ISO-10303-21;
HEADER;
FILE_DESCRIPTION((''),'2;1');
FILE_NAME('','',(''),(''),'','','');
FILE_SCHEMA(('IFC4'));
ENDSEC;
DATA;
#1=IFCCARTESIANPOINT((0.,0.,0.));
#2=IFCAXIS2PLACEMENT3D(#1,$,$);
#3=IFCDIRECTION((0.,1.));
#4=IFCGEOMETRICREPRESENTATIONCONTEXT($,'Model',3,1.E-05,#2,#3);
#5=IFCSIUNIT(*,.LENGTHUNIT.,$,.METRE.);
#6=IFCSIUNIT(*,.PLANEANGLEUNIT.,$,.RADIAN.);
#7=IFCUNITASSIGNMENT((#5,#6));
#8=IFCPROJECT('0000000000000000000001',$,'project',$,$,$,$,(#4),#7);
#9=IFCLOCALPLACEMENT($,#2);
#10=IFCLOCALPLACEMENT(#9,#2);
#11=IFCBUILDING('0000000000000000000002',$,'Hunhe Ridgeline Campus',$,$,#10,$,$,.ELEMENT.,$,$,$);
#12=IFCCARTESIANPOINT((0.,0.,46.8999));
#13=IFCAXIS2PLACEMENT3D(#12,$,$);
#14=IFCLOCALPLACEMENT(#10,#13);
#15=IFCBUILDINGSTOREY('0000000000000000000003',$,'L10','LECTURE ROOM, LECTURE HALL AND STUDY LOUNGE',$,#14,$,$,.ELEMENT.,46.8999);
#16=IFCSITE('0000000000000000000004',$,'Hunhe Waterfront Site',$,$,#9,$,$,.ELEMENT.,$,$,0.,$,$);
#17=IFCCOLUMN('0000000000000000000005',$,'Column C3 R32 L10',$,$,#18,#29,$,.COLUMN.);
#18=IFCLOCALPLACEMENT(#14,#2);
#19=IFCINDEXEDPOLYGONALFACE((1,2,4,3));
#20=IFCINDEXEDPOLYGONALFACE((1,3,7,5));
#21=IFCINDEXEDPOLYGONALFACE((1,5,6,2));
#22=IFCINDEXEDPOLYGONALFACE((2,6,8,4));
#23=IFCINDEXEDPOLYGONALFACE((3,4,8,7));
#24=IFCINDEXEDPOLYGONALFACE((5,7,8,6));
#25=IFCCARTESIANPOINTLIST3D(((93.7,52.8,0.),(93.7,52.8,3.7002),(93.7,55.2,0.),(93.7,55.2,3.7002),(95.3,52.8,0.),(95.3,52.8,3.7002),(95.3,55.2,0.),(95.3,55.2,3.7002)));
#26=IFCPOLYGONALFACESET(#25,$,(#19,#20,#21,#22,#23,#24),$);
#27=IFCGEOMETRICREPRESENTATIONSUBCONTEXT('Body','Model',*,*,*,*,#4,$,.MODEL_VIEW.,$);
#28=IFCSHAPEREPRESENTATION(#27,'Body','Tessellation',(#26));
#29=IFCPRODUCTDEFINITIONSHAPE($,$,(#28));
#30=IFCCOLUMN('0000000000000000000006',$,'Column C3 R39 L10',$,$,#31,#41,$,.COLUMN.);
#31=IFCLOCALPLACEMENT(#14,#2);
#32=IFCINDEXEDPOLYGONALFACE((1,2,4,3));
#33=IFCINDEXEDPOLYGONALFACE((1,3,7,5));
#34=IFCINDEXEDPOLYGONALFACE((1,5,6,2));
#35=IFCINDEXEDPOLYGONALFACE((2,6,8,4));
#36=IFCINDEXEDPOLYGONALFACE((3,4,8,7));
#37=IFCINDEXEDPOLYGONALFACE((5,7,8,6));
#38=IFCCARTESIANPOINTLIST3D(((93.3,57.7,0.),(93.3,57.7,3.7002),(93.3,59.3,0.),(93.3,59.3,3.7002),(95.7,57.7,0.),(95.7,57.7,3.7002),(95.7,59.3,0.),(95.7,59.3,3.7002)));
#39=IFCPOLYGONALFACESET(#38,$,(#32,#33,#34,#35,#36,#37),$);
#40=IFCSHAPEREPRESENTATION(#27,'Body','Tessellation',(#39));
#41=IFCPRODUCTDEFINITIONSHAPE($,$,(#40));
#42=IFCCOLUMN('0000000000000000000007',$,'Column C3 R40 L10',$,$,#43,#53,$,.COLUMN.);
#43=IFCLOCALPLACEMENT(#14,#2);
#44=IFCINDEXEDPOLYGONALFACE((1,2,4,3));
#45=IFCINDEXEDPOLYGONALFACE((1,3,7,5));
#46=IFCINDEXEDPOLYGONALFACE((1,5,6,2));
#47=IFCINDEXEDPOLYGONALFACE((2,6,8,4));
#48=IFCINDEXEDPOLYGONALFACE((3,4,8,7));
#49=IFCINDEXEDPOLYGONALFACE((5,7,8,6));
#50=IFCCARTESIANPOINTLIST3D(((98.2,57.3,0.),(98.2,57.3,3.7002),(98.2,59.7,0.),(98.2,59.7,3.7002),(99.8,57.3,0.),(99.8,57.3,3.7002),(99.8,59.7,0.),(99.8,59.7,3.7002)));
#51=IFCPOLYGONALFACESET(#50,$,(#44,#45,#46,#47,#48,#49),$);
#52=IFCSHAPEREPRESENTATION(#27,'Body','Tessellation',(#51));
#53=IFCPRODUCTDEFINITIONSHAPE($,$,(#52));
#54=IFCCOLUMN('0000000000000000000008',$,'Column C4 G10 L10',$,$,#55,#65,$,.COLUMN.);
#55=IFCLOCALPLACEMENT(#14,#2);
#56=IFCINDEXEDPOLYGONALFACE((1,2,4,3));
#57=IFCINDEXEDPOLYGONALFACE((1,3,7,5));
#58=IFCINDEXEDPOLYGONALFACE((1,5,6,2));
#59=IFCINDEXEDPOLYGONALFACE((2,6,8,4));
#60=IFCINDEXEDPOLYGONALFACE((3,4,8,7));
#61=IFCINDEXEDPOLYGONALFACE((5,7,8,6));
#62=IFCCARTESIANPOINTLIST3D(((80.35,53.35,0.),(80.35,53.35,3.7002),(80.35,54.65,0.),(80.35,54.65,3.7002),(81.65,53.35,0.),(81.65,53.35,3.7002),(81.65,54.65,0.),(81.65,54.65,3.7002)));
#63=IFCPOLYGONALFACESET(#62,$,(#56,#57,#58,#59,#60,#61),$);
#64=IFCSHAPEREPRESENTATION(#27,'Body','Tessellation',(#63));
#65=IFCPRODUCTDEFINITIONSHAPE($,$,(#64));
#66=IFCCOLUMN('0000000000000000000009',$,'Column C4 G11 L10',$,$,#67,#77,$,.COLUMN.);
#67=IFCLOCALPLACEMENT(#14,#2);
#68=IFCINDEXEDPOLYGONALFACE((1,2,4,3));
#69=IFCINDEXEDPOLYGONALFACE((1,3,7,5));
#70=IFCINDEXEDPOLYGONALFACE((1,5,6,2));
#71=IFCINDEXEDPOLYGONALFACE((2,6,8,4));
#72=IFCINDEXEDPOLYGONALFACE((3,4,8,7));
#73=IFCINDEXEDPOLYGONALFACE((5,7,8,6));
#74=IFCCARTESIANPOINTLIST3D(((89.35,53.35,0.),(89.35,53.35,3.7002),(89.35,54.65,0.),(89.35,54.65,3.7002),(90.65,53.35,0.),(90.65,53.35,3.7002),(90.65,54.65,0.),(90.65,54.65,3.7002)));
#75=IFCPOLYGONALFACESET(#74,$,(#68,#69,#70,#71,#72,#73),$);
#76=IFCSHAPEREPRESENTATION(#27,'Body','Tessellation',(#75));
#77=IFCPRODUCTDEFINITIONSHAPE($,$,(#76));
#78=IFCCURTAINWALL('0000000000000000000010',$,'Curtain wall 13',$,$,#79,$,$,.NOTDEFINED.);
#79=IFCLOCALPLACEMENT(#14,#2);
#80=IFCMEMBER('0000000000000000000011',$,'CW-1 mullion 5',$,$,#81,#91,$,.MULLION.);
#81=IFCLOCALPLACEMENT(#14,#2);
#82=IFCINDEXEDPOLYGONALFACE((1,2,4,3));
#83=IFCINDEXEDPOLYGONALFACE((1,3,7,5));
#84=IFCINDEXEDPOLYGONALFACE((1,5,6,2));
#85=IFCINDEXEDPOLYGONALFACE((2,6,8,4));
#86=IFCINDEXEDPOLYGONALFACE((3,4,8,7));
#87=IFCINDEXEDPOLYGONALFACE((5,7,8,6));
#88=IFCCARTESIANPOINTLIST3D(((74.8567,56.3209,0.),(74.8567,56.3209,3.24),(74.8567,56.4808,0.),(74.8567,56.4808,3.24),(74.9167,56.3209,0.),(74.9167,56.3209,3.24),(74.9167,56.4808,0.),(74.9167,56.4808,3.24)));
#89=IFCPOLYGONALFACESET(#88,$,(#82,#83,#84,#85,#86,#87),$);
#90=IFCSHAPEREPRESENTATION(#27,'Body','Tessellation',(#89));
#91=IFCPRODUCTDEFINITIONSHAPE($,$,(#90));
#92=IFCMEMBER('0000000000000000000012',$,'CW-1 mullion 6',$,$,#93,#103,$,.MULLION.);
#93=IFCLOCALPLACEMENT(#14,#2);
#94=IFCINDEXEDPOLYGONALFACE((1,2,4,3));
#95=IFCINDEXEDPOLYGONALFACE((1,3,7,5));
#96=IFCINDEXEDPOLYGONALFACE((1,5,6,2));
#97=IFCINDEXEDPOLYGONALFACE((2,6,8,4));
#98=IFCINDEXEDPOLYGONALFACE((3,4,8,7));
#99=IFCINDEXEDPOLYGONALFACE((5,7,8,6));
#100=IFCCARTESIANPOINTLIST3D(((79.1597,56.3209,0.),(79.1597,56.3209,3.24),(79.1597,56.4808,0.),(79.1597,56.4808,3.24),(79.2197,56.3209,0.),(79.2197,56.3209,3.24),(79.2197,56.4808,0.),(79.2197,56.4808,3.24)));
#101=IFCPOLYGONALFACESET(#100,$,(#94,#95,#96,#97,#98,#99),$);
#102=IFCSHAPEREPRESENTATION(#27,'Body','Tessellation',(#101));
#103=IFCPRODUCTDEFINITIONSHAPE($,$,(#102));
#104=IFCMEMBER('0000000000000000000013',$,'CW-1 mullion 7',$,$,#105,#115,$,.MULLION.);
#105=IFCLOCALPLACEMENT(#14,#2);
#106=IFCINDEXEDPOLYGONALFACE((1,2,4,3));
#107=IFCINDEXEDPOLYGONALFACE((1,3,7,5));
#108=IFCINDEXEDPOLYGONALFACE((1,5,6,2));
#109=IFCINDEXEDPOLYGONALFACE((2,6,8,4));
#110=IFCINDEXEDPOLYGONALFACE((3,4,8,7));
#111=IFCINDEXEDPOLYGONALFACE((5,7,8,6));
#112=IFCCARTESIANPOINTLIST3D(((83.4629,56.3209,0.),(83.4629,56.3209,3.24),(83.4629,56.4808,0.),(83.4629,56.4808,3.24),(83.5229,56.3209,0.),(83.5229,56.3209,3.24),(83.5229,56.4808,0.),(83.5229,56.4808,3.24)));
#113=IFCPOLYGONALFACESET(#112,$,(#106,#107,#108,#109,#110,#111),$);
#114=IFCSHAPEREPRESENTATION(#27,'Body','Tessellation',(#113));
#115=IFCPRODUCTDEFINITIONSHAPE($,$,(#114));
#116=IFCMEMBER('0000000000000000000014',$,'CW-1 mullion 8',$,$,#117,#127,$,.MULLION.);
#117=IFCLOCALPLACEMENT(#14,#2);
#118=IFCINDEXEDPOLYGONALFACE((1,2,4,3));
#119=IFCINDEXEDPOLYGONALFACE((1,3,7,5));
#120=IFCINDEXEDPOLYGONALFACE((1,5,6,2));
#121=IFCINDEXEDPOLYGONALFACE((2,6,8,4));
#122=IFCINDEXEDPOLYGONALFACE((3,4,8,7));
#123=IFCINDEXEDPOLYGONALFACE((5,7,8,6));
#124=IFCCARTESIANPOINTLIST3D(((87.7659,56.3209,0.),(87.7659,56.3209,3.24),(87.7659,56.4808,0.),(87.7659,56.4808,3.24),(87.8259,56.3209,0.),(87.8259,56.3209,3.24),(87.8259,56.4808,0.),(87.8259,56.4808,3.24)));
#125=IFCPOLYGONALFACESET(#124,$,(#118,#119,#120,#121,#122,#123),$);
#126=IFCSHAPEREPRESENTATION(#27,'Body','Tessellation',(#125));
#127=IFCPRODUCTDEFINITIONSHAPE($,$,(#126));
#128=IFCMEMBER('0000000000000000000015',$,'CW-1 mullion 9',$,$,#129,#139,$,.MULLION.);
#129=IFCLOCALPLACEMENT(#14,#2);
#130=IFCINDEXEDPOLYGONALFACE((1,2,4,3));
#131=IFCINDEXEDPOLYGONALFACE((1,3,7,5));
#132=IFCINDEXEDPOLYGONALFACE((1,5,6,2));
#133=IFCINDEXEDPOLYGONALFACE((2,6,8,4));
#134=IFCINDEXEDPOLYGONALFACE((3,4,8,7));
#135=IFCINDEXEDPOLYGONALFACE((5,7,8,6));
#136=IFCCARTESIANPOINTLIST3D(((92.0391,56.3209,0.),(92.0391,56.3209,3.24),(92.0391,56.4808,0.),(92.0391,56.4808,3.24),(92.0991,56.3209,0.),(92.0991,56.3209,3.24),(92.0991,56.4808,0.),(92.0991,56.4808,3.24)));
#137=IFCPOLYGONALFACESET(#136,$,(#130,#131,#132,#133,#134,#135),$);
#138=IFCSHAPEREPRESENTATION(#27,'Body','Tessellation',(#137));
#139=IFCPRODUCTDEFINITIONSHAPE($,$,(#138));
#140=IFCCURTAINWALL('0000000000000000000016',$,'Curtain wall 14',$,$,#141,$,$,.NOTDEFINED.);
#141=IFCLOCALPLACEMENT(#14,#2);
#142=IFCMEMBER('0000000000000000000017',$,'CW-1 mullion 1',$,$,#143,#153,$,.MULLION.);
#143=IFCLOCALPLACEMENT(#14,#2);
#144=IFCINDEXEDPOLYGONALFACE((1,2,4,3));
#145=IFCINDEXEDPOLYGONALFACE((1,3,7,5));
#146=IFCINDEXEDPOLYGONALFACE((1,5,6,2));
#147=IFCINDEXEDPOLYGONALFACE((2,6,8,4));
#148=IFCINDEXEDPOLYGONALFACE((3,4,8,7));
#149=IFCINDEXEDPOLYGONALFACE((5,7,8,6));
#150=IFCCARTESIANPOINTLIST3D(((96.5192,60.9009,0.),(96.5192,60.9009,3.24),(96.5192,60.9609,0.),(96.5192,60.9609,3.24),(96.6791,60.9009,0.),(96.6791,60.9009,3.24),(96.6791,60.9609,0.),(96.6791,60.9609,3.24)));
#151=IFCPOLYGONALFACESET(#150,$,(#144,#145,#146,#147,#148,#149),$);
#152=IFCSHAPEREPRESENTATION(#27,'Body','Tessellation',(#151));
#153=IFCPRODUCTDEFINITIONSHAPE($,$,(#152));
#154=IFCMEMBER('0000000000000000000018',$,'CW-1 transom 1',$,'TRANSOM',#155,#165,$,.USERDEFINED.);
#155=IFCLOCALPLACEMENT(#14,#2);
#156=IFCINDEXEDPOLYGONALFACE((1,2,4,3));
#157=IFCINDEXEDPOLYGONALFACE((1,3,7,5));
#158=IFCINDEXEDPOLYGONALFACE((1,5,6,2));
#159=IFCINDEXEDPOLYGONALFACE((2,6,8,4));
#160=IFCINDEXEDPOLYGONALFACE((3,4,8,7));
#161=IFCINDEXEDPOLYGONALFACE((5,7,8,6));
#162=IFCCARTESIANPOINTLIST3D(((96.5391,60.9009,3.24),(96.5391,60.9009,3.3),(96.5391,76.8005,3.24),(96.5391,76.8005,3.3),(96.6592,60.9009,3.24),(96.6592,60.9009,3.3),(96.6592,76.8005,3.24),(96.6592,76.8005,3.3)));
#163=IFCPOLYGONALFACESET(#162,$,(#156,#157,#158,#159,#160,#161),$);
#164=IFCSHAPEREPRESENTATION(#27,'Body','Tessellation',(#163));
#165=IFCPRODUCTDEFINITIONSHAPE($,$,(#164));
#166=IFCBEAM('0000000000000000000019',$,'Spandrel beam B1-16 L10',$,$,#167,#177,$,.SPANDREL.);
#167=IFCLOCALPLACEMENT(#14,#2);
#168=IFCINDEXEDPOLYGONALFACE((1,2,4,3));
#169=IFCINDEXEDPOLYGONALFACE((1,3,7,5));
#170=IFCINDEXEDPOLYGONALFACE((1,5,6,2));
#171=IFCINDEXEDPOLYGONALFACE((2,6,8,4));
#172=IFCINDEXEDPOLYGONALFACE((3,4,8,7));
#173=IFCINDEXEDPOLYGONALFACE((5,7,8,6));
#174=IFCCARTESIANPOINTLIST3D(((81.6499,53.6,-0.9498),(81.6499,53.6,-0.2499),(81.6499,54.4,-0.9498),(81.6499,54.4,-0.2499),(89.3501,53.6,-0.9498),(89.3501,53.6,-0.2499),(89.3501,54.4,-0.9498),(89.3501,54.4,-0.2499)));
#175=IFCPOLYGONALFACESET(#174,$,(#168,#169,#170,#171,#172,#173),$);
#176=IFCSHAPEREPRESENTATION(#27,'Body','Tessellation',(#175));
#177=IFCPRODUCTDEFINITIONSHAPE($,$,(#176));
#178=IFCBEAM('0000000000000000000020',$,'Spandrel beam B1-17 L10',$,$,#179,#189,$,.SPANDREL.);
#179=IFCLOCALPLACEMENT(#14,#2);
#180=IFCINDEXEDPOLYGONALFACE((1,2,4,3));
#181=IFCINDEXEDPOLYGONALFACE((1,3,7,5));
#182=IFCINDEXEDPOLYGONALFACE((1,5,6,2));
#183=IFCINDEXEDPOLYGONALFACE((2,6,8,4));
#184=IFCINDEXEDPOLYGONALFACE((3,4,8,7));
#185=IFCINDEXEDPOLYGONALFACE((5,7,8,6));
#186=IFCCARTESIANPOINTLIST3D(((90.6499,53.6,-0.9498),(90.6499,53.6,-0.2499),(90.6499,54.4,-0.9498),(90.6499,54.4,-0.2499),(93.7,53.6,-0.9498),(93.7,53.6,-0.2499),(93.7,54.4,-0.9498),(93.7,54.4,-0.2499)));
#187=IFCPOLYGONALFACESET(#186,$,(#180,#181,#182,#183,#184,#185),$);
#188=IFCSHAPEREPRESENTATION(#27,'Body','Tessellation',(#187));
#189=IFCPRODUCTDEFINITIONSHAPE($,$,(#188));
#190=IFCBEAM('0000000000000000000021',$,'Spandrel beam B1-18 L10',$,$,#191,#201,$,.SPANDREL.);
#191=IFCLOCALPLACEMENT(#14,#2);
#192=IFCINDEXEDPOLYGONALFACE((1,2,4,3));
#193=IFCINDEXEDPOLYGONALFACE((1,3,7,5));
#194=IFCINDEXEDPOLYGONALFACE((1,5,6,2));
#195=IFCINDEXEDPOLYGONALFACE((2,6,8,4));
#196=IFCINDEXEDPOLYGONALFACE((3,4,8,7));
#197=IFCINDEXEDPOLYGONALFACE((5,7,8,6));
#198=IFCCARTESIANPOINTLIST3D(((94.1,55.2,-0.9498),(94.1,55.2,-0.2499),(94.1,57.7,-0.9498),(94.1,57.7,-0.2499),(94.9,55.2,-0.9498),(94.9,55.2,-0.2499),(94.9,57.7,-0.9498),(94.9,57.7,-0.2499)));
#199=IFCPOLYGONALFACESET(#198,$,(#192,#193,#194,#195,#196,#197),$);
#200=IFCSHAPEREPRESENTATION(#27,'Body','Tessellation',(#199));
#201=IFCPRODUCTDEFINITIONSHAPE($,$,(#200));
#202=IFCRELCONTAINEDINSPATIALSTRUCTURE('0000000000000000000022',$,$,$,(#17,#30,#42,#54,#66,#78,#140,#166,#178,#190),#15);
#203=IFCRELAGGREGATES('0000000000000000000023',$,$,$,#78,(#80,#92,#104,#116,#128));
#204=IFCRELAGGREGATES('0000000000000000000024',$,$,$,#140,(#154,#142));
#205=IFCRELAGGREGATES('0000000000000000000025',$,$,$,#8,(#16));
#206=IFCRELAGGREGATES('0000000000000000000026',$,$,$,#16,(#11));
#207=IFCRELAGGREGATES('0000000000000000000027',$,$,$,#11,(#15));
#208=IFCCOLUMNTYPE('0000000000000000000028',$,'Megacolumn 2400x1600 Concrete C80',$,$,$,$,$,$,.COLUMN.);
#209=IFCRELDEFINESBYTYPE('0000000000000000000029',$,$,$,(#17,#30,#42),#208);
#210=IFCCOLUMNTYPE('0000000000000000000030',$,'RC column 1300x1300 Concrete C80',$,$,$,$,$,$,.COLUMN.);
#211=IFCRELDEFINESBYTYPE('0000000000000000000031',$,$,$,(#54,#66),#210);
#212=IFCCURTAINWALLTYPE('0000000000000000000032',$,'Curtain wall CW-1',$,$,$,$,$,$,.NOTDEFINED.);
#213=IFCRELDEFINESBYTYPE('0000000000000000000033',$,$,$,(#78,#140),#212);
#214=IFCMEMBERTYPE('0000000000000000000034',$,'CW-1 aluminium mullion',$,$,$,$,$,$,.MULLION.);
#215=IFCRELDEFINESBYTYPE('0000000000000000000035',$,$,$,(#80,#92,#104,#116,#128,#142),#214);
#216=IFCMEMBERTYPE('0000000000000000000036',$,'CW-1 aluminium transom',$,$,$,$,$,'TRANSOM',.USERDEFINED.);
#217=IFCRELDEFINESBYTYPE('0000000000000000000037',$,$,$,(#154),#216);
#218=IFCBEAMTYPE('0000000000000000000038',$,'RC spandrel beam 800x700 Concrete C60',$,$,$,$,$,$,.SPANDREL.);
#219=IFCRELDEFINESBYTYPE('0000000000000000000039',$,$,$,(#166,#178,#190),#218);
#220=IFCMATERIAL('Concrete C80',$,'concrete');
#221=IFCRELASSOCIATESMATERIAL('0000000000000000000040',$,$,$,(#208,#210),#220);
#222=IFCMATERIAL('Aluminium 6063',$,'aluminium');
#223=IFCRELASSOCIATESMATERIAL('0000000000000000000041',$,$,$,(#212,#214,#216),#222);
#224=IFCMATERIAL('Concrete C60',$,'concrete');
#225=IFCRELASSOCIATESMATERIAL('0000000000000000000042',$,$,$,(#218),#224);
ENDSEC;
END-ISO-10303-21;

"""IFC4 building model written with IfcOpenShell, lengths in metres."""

from ifc_helpers import new_model, si_unit, direction, frame, origin, origin_2d, place, context, subcontext, project, spatial, rectangle, extrude, material, material_profile, profile_set, type_object, element, aggregate, save


model = new_model("IFC4")

# Units and contexts
model_context = context("Model", 3, precision=1e-05, world=origin(), true_north=direction((0.0, 1.0)))
body_context = subcontext(model_context, "Body", "Model", "MODEL_VIEW")
ifc_project = project(units=[si_unit("LENGTHUNIT", "METRE"), si_unit("PLANEANGLEUNIT", "RADIAN")], contexts=[model_context])

# Site, building, storey
site_placement = place(None, origin())
site = spatial("IfcSite", under=ifc_project, at=site_placement, Name="Hunhe Waterfront Site", CompositionType="ELEMENT", RefElevation=0.0)
building_placement = place(site_placement, origin())
building = spatial("IfcBuilding", under=site, at=building_placement, Name="Hunhe Ridgeline Campus", CompositionType="ELEMENT")
storey_placement = place(building_placement, frame((0.0, 0.0, 46.8999)))
storey = spatial("IfcBuildingStorey", under=building, at=storey_placement, Name="L10", Description="LECTURE ROOM, LECTURE HALL AND STUDY LOUNGE", CompositionType="ELEMENT", Elevation=46.8999)

# Columns
ifc_material_1 = material(Name="Concrete C80", Category="concrete")
ifc_material_profile_1 = material_profile(ifc_material_1, rectangle(XDim=2.3999, YDim=1.6001, at=origin_2d()))
ifc_profile_set_1 = profile_set([ifc_material_profile_1], Name="Concrete C80")
column_type_1 = type_object("IfcColumnType", Name="Megacolumn 2400x1600 Concrete C80", PredefinedType="COLUMN", material=ifc_profile_set_1)
for number, where, z_axis, x_axis, name in (
    (1, (94.5, 54.0, 0.0), (0.0, 0.0, 1.0), (0.0, 1.0, 0.0), "Column C3 R32 L10"),
    (2, (94.5, 58.5, 0.0), (0.0, 0.0, 1.0), (1.0, 0.0, 0.0), "Column C3 R39 L10"),
    (3, (99.0, 58.5, 0.0), (0.0, 0.0, 1.0), (0.0, 1.0, 0.0), "Column C3 R40 L10"),
):
    element("IfcColumn", number, at=place(storey_placement, frame(where, z_axis=z_axis, x_axis=x_axis)), inside=storey, type_object=column_type_1, Name=name, PredefinedType="COLUMN", context=body_context, shape_type="SweptSolid", body=[
        extrude(rectangle(XDim=2.3999, YDim=1.6001, at=origin_2d()), origin(), (0.0, 0.0, 1.0), 3.7002),
    ])
ifc_material_profile_2 = material_profile(ifc_material_1, rectangle(XDim=1.3, YDim=1.3, at=origin_2d()))
ifc_profile_set_2 = profile_set([ifc_material_profile_2], Name="Concrete C80")
column_type_2 = type_object("IfcColumnType", Name="RC column 1300x1300 Concrete C80", PredefinedType="COLUMN", material=ifc_profile_set_2)
for number, where, z_axis, x_axis, name in (
    (4, (81.0, 54.0, 0.0), (0.0, 0.0, 1.0), (1.0, 0.0, 0.0), "Column C4 G10 L10"),
    (5, (90.0, 54.0, 0.0), (0.0, 0.0, 1.0), (1.0, 0.0, 0.0), "Column C4 G11 L10"),
):
    element("IfcColumn", number, at=place(storey_placement, frame(where, z_axis=z_axis, x_axis=x_axis)), inside=storey, type_object=column_type_2, Name=name, PredefinedType="COLUMN", context=body_context, shape_type="SweptSolid", body=[
        extrude(rectangle(XDim=1.3, YDim=1.3, at=origin_2d()), origin(), (0.0, 0.0, 1.0), 3.7002),
    ])

# Curtain walls, members
ifc_material_2 = material(Name="Aluminium 6063", Category="aluminium")
curtain_wall_type = type_object("IfcCurtainWallType", Name="Curtain wall CW-1", PredefinedType="NOTDEFINED", material=ifc_material_2)
curtain_wall_1_placement = place(storey_placement, origin())
curtain_wall_1 = element("IfcCurtainWall", 6, at=curtain_wall_1_placement, inside=storey, type_object=curtain_wall_type, Name="Curtain wall 13", PredefinedType="NOTDEFINED")
ifc_material_profile_3 = material_profile(ifc_material_2, rectangle(XDim=0.1599, YDim=0.0601, at=origin_2d()))
ifc_profile_set_3 = profile_set([ifc_material_profile_3], Name="Aluminium 6063")
member_type_1 = type_object("IfcMemberType", Name="CW-1 aluminium mullion", PredefinedType="MULLION", material=ifc_profile_set_3)
member_1_placement = place(storey_placement, frame((74.8867, 56.4009, 0.0), z_axis=(0.0, 0.0, 1.0), x_axis=(-0.000004, 1.0, 0.0)))
member_1 = element("IfcMember", 7, at=member_1_placement, type_object=member_type_1, Name="CW-1 mullion 5", PredefinedType="MULLION", context=body_context, shape_type="SweptSolid", body=[
    extrude(rectangle(XDim=0.1599, YDim=0.0601, at=origin_2d()), origin(), (0.0, 0.0, 1.0), 3.24),
])
member_2_placement = place(storey_placement, frame((79.1897, 56.4009, 0.0), z_axis=(0.0, 0.0, 1.0), x_axis=(-0.000004, 1.0, 0.0)))
member_2 = element("IfcMember", 8, at=member_2_placement, type_object=member_type_1, Name="CW-1 mullion 6", PredefinedType="MULLION", context=body_context, shape_type="SweptSolid", body=[
    extrude(rectangle(XDim=0.1599, YDim=0.0601, at=origin_2d()), origin(), (0.0, 0.0, 1.0), 3.24),
])
member_3_placement = place(storey_placement, frame((83.4929, 56.4009, 0.0), z_axis=(0.0, 0.0, 1.0), x_axis=(-0.000004, 1.0, 0.0)))
member_3 = element("IfcMember", 9, at=member_3_placement, type_object=member_type_1, Name="CW-1 mullion 7", PredefinedType="MULLION", context=body_context, shape_type="SweptSolid", body=[
    extrude(rectangle(XDim=0.1599, YDim=0.0601, at=origin_2d()), origin(), (0.0, 0.0, 1.0), 3.24),
])
member_4_placement = place(storey_placement, frame((87.7959, 56.4009, 0.0), z_axis=(0.0, 0.0, 1.0), x_axis=(-0.000004, 1.0, 0.0)))
member_4 = element("IfcMember", 10, at=member_4_placement, type_object=member_type_1, Name="CW-1 mullion 8", PredefinedType="MULLION", context=body_context, shape_type="SweptSolid", body=[
    extrude(rectangle(XDim=0.1599, YDim=0.0601, at=origin_2d()), origin(), (0.0, 0.0, 1.0), 3.24),
])
member_5_placement = place(storey_placement, frame((92.0691, 56.4009, 0.0), z_axis=(0.0, 0.0, 1.0), x_axis=(-0.000004, 1.0, 0.0)))
member_5 = element("IfcMember", 11, at=member_5_placement, type_object=member_type_1, Name="CW-1 mullion 9", PredefinedType="MULLION", context=body_context, shape_type="SweptSolid", body=[
    extrude(rectangle(XDim=0.1599, YDim=0.0601, at=origin_2d()), origin(), (0.0, 0.0, 1.0), 3.24),
])
curtain_wall_2_placement = place(storey_placement, origin())
curtain_wall_2 = element("IfcCurtainWall", 12, at=curtain_wall_2_placement, inside=storey, type_object=curtain_wall_type, Name="Curtain wall 14", PredefinedType="NOTDEFINED")
member_6_placement = place(storey_placement, frame((96.5991, 60.9309, 0.0), z_axis=(0.0, 0.0, 1.0), x_axis=(-1.0, 0.0, 0.0)))
member_6 = element("IfcMember", 13, at=member_6_placement, type_object=member_type_1, Name="CW-1 mullion 1", PredefinedType="MULLION", context=body_context, shape_type="SweptSolid", body=[
    extrude(rectangle(XDim=0.1599, YDim=0.0601, at=origin_2d()), origin(), (0.0, 0.0, 1.0), 3.24),
])
ifc_material_profile_4 = material_profile(ifc_material_2, rectangle(XDim=0.1201, YDim=0.0601, at=origin_2d()))
ifc_profile_set_4 = profile_set([ifc_material_profile_4], Name="Aluminium 6063")
member_type_2 = type_object("IfcMemberType", Name="CW-1 aluminium transom", ElementType="TRANSOM", PredefinedType="USERDEFINED", material=ifc_profile_set_4)
member_7_placement = place(storey_placement, frame((96.5991, 60.9009, 3.27), z_axis=(0.0, 1.0, 0.0), x_axis=(-1.0, 0.0, 0.0)))
member_7 = element("IfcMember", 14, at=member_7_placement, type_object=member_type_2, Name="CW-1 transom 1", ObjectType="TRANSOM", PredefinedType="USERDEFINED", context=body_context, shape_type="SweptSolid", body=[
    extrude(rectangle(XDim=0.1201, YDim=0.0601, at=origin_2d()), origin(), (0.0, 0.0, 1.0), 15.8997),
])

# Beams
ifc_material_3 = material(Name="Concrete C60", Category="concrete")
ifc_material_profile_5 = material_profile(ifc_material_3, rectangle(XDim=0.8, YDim=0.7, at=origin_2d()))
ifc_profile_set_5 = profile_set([ifc_material_profile_5], Name="Concrete C60")
beam_type = type_object("IfcBeamType", Name="RC spandrel beam 800x700 Concrete C60", PredefinedType="SPANDREL", material=ifc_profile_set_5)
beam_1_placement = place(storey_placement, frame((81.6499, 54.0, -0.5999), z_axis=(1.0, 0.0, 0.0), x_axis=(0.0, 1.0, 0.0)))
element("IfcBeam", 15, at=beam_1_placement, inside=storey, type_object=beam_type, Name="Spandrel beam B1-16 L10", PredefinedType="SPANDREL", context=body_context, shape_type="SweptSolid", body=[
    extrude(rectangle(XDim=0.8, YDim=0.7, at=origin_2d()), origin(), (0.0, 0.0, 1.0), 7.7002),
])
beam_2_placement = place(storey_placement, frame((90.6499, 54.0, -0.5999), z_axis=(1.0, 0.0, 0.0), x_axis=(0.0, 1.0, 0.0)))
element("IfcBeam", 16, at=beam_2_placement, inside=storey, type_object=beam_type, Name="Spandrel beam B1-17 L10", PredefinedType="SPANDREL", context=body_context, shape_type="SweptSolid", body=[
    extrude(rectangle(XDim=0.8, YDim=0.7, at=origin_2d()), origin(), (0.0, 0.0, 1.0), 3.05),
])
for number, where, z_axis, x_axis, name in (
    (17, (94.5, 55.2, -0.5999), (0.0, 1.0, 0.0), (-1.0, 0.0, 0.0), "Spandrel beam B1-18 L10"),
):
    element("IfcBeam", number, at=place(storey_placement, frame(where, z_axis=z_axis, x_axis=x_axis)), inside=storey, type_object=beam_type, Name=name, PredefinedType="SPANDREL", context=body_context, shape_type="SweptSolid", body=[
        extrude(rectangle(XDim=0.8, YDim=0.7, at=origin_2d()), origin(), (0.0, 0.0, 1.0), 2.5),
    ])

aggregate(curtain_wall_1, [member_1, member_2, member_3, member_4, member_5])
aggregate(curtain_wall_2, [member_7, member_6])

save(model, "model.ifc")
